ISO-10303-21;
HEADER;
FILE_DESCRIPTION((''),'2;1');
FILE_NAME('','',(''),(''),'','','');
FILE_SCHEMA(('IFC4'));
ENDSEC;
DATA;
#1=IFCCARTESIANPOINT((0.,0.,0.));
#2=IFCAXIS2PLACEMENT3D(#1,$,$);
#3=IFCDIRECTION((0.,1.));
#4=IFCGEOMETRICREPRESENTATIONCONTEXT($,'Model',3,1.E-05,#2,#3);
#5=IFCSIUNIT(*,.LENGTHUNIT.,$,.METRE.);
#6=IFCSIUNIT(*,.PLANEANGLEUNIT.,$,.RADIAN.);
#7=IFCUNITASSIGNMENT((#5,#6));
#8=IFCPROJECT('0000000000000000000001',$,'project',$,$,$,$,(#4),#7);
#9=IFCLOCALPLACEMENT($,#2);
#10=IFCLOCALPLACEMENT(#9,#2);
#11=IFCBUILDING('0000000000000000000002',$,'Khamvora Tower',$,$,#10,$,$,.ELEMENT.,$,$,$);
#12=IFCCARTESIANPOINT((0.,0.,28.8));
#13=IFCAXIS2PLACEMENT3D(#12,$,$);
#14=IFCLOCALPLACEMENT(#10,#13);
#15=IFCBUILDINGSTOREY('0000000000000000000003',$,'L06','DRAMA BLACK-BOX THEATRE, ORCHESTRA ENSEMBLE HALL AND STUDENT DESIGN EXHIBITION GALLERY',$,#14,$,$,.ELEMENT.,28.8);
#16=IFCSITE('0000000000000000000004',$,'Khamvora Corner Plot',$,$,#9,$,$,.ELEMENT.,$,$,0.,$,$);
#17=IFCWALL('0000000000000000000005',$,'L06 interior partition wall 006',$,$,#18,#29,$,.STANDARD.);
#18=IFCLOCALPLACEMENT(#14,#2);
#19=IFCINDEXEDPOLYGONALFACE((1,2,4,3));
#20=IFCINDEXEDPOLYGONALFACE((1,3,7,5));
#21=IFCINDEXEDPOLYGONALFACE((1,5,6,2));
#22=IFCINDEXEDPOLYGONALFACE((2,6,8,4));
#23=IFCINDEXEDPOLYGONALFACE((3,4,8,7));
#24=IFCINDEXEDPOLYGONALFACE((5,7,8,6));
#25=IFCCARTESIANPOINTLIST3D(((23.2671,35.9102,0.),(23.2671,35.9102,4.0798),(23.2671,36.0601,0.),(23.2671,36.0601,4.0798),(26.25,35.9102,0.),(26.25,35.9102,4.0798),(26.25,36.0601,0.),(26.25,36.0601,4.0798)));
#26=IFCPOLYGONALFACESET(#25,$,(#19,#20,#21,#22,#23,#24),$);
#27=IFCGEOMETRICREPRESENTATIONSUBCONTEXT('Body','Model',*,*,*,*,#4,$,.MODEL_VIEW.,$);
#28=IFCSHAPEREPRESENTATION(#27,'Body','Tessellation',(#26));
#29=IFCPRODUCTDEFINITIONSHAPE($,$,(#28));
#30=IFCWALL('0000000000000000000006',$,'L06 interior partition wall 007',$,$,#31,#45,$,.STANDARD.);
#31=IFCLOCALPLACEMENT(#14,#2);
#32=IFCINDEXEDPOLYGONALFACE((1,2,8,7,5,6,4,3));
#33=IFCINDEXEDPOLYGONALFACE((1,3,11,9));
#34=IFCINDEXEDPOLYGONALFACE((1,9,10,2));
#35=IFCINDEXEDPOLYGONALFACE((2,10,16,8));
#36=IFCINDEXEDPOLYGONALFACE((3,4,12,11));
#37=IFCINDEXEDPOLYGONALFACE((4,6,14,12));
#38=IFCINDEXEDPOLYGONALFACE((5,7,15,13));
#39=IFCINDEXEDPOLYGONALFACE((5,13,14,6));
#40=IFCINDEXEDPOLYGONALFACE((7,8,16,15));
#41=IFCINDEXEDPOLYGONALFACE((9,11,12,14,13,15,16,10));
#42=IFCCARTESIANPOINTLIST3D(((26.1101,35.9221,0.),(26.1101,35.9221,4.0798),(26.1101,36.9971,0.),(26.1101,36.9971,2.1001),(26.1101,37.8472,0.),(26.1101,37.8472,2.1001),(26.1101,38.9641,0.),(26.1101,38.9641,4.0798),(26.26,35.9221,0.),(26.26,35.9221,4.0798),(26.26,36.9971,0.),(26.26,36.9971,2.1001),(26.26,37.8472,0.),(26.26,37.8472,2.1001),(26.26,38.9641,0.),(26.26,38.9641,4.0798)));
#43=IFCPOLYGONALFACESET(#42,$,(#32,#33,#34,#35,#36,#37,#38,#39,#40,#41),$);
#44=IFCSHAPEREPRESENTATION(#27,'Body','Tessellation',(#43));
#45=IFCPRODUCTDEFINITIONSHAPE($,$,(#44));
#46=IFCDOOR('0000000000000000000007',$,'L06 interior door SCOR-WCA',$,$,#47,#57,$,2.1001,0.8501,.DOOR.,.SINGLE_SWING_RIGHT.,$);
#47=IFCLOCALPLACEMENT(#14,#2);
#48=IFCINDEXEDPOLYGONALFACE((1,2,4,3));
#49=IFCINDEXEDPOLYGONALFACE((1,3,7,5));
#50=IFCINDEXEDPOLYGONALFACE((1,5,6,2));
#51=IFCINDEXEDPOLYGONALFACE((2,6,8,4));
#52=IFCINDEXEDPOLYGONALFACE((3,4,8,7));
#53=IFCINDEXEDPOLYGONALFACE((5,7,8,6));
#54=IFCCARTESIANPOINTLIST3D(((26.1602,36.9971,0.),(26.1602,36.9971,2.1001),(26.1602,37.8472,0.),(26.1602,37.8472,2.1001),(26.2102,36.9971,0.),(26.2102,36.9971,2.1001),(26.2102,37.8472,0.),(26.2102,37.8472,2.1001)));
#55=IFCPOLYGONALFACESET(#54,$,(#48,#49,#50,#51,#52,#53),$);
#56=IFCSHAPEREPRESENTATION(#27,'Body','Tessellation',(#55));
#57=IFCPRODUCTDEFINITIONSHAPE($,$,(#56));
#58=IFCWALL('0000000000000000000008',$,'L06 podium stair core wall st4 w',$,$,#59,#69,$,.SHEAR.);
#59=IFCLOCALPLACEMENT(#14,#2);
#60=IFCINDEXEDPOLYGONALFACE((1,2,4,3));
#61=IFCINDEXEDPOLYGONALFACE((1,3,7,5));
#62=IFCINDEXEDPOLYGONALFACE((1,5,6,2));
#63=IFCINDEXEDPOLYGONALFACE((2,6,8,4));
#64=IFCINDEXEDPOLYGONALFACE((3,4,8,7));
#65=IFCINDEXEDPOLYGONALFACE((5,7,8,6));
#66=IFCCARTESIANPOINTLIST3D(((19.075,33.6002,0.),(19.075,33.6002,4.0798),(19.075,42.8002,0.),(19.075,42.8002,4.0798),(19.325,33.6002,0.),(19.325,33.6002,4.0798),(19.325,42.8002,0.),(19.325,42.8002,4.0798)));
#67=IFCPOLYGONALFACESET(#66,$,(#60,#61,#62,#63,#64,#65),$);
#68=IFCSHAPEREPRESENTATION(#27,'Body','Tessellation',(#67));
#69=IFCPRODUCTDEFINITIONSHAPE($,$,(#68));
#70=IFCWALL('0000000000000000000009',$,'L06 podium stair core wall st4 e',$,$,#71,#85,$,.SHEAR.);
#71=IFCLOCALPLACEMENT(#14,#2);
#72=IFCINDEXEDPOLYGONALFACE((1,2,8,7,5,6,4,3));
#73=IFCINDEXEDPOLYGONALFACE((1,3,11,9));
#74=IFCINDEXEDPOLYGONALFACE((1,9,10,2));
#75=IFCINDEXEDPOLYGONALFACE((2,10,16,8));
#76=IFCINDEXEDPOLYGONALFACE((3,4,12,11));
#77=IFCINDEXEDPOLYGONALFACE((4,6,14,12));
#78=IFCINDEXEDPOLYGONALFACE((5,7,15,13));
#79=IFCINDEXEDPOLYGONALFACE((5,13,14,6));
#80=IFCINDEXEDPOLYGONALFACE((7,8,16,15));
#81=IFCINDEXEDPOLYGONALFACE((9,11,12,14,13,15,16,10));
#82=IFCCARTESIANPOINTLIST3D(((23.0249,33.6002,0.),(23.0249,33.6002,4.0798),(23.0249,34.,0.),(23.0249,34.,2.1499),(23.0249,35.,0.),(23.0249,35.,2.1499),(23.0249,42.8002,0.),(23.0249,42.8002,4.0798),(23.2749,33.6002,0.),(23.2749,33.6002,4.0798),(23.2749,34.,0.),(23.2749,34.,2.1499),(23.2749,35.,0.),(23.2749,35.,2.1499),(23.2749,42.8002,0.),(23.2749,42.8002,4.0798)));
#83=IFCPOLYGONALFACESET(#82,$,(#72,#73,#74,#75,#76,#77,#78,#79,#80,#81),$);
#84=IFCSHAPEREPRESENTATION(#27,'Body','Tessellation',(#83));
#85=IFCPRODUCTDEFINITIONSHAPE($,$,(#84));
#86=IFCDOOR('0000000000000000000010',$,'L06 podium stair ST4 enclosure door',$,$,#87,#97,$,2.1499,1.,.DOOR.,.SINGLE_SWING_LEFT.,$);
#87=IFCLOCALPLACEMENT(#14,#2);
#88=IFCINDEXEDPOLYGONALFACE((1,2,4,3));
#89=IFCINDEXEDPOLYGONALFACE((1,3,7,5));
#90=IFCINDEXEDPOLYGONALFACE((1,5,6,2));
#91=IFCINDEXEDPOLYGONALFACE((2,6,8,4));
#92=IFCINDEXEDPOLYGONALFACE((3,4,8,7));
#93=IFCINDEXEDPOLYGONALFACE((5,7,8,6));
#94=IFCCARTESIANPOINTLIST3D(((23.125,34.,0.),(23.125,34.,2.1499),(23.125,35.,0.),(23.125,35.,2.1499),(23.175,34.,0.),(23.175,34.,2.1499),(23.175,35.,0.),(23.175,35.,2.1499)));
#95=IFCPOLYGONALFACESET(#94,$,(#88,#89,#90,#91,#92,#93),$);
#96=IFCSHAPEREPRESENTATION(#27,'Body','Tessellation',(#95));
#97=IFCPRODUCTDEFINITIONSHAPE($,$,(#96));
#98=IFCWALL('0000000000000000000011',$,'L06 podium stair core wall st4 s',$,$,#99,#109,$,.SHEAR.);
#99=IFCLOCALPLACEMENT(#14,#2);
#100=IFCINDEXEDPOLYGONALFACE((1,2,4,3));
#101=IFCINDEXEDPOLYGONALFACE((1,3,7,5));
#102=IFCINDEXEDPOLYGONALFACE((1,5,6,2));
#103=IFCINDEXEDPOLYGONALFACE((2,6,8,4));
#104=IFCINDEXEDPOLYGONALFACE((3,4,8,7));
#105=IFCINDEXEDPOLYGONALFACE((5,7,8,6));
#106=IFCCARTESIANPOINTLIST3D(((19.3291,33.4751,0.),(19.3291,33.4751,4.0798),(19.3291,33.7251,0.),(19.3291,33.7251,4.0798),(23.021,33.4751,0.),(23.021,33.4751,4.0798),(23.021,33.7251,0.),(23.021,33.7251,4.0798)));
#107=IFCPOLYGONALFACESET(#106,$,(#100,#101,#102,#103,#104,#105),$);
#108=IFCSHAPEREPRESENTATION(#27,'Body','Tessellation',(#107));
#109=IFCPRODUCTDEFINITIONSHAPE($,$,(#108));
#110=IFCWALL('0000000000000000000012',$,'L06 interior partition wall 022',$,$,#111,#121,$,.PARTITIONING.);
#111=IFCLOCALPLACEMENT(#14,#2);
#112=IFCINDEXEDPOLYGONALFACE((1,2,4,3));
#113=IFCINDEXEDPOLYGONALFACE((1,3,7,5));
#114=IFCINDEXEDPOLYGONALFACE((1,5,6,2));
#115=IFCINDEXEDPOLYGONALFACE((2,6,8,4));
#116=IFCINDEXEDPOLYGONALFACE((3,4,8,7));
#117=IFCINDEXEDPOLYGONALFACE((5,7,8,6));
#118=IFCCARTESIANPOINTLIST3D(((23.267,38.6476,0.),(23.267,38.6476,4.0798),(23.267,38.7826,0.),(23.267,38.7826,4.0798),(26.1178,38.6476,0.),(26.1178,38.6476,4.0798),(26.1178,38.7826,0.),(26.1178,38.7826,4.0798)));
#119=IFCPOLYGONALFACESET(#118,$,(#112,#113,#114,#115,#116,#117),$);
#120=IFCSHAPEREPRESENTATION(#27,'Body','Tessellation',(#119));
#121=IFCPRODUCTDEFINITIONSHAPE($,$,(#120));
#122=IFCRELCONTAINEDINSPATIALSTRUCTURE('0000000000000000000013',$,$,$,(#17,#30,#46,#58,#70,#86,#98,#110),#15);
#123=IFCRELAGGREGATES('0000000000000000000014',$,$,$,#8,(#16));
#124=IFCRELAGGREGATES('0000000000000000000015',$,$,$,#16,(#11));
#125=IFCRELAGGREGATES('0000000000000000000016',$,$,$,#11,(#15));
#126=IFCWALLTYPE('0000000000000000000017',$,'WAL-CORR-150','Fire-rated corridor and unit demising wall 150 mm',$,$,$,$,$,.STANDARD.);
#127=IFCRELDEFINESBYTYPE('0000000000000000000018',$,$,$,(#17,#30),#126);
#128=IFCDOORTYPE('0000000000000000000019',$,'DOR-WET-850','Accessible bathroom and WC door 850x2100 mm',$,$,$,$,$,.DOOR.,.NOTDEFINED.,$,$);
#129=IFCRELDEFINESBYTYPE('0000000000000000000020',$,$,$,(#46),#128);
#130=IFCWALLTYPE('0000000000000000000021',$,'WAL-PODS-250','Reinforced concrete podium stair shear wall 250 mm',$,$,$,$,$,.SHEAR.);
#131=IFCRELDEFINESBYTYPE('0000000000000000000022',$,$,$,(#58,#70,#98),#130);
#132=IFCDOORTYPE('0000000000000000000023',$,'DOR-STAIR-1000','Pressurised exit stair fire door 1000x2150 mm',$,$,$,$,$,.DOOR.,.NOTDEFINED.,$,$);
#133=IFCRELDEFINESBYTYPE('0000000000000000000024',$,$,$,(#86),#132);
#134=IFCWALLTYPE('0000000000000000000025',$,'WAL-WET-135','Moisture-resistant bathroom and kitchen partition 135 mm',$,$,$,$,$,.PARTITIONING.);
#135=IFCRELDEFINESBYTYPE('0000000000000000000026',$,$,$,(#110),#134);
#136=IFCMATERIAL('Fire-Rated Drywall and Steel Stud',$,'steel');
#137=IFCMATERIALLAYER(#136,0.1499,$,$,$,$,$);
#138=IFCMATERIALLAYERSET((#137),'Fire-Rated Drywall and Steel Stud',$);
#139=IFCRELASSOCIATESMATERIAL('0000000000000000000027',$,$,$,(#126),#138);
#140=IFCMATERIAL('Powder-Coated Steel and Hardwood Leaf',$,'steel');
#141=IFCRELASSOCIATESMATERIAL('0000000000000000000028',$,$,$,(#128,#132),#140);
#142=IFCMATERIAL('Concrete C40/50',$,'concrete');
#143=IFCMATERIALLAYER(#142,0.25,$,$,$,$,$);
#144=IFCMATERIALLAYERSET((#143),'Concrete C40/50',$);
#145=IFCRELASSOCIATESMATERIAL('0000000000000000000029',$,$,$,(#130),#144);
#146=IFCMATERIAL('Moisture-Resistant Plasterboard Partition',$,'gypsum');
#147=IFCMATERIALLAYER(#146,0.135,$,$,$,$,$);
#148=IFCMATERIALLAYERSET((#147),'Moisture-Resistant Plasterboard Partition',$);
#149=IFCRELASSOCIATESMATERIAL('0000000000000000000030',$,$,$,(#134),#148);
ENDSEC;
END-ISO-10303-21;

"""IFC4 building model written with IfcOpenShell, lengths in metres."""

from ifc_helpers import new_model, si_unit, direction, frame, frame_2d, origin, place, context, subcontext, project, spatial, rectangle, extrude, material, layer, layer_set, type_object, element, fill, save


model = new_model("IFC4")

# Units and contexts
model_context = context("Model", 3, precision=1e-05, world=origin(), true_north=direction((0.0, 1.0)))
body_context = subcontext(model_context, "Body", "Model", "MODEL_VIEW")
ifc_project = project(units=[si_unit("LENGTHUNIT", "METRE"), si_unit("PLANEANGLEUNIT", "RADIAN")], contexts=[model_context])

# Site, building, storey
site_placement = place(None, origin())
site = spatial("IfcSite", under=ifc_project, at=site_placement, Name="Khamvora Corner Plot", CompositionType="ELEMENT", RefElevation=0.0)
building_placement = place(site_placement, origin())
building = spatial("IfcBuilding", under=site, at=building_placement, Name="Khamvora Tower", CompositionType="ELEMENT")
storey_placement = place(building_placement, frame((0.0, 0.0, 28.8)))
storey = spatial("IfcBuildingStorey", under=building, at=storey_placement, Name="L06", Description="DRAMA BLACK-BOX THEATRE, ORCHESTRA ENSEMBLE HALL AND STUDENT DESIGN EXHIBITION GALLERY", CompositionType="ELEMENT", Elevation=28.8)

# Shared definitions
ifc_material_1 = material(Name="Powder-Coated Steel and Hardwood Leaf", Category="steel")

# Wall
ifc_material_2 = material(Name="Fire-Rated Drywall and Steel Stud", Category="steel")
ifc_layer_1 = layer(ifc_material_2, 0.1499)
ifc_layer_set_1 = layer_set([ifc_layer_1], Name="Fire-Rated Drywall and Steel Stud")
wall_type_1 = type_object("IfcWallType", Name="WAL-CORR-150", Description="Fire-rated corridor and unit demising wall 150 mm", PredefinedType="STANDARD", material=ifc_layer_set_1)
wall_1_placement = place(storey_placement, frame((23.2671, 35.9851, 0.0), z_axis=(0.0, 0.0, 1.0), x_axis=(1.0, 0.0, 0.0)))
element("IfcWall", 1, at=wall_1_placement, inside=storey, type_object=wall_type_1, Name="L06 interior partition wall 006", PredefinedType="STANDARD", context=body_context, shape_type="SweptSolid", body=[
    extrude(rectangle(XDim=2.9829, YDim=0.1499, at=frame_2d((1.4915, 0.0))), origin(), (0.0, 0.0, 1.0), 4.0798),
])

# Wall, opening, door
wall_2_placement = place(storey_placement, frame((26.1851, 35.9221, 0.0), z_axis=(0.0, 0.0, 1.0), x_axis=(0.0, 1.0, 0.0)))
wall_2 = element("IfcWall", 2, at=wall_2_placement, inside=storey, type_object=wall_type_1, Name="L06 interior partition wall 007", PredefinedType="STANDARD", context=body_context, shape_type="SweptSolid", body=[
    extrude(rectangle(XDim=3.042, YDim=0.1499, at=frame_2d((1.521, 0.0))), origin(), (0.0, 0.0, 1.0), 4.0798),
])
opening_1_placement = place(wall_2_placement, frame((1.075, 0.0, 0.0)))
opening_1 = element("IfcOpeningElement", 3, at=opening_1_placement, cuts=wall_2, PredefinedType="OPENING", context=body_context, shape_type="SweptSolid", body=[
    extrude(rectangle(XDim=0.8501, YDim=2.1001, at=frame_2d((0.425, 1.05))), frame((0.0, 0.085, 0.0), z_axis=(0.0, -1.0, 0.0), x_axis=(1.0, 0.0, 0.0)), (0.0, 0.0, 1.0), 0.1699),
])
door_type_1 = type_object("IfcDoorType", Name="DOR-WET-850", Description="Accessible bathroom and WC door 850x2100 mm", OperationType="NOTDEFINED", PredefinedType="DOOR", material=ifc_material_1)
door_1_placement = place(opening_1_placement, origin())
door_1 = element("IfcDoor", 4, at=door_1_placement, inside=storey, type_object=door_type_1, Name="L06 interior door SCOR-WCA", OperationType="SINGLE_SWING_RIGHT", OverallHeight=2.1001, OverallWidth=0.8501, PredefinedType="DOOR", context=body_context, shape_type="SweptSolid", body=[
    extrude(rectangle(XDim=0.8501, YDim=2.1001, at=frame_2d((0.425, 1.05))), frame((0.0, 0.0249, 0.0), z_axis=(0.0, -1.0, 0.0), x_axis=(1.0, 0.0, 0.0)), (0.0, 0.0, 1.0), 0.05),
])
fill(opening_1, door_1)

# Wall
ifc_material_3 = material(Name="Concrete C40/50", Category="concrete")
ifc_layer_2 = layer(ifc_material_3, 0.25)
ifc_layer_set_2 = layer_set([ifc_layer_2], Name="Concrete C40/50")
wall_type_2 = type_object("IfcWallType", Name="WAL-PODS-250", Description="Reinforced concrete podium stair shear wall 250 mm", PredefinedType="SHEAR", material=ifc_layer_set_2)
wall_3_placement = place(storey_placement, frame((19.2, 33.6001, 0.0), z_axis=(0.0, 0.0, 1.0), x_axis=(0.0, 1.0, 0.0)))
element("IfcWall", 5, at=wall_3_placement, inside=storey, type_object=wall_type_2, Name="L06 podium stair core wall st4 w", PredefinedType="SHEAR", context=body_context, shape_type="SweptSolid", body=[
    extrude(rectangle(XDim=9.2, YDim=0.25, at=frame_2d((4.6001, 0.0))), origin(), (0.0, 0.0, 1.0), 4.0798),
])

# Wall, opening, door
wall_4_placement = place(storey_placement, frame((23.1499, 33.6001, 0.0), z_axis=(0.0, 0.0, 1.0), x_axis=(0.0, 1.0, 0.0)))
wall_4 = element("IfcWall", 6, at=wall_4_placement, inside=storey, type_object=wall_type_2, Name="L06 podium stair core wall st4 e", PredefinedType="SHEAR", context=body_context, shape_type="SweptSolid", body=[
    extrude(rectangle(XDim=9.2, YDim=0.25, at=frame_2d((4.6001, 0.0))), origin(), (0.0, 0.0, 1.0), 4.0798),
])
opening_2_placement = place(wall_4_placement, frame((0.3999, 0.0, 0.0)))
opening_2 = element("IfcOpeningElement", 7, at=opening_2_placement, cuts=wall_4, PredefinedType="OPENING", context=body_context, shape_type="SweptSolid", body=[
    extrude(rectangle(XDim=1.0, YDim=2.1499, at=frame_2d((0.5, 1.075))), frame((0.0, 0.135, 0.0), z_axis=(0.0, -1.0, 0.0), x_axis=(1.0, 0.0, 0.0)), (0.0, 0.0, 1.0), 0.27),
])
door_type_2 = type_object("IfcDoorType", Name="DOR-STAIR-1000", Description="Pressurised exit stair fire door 1000x2150 mm", OperationType="NOTDEFINED", PredefinedType="DOOR", material=ifc_material_1)
door_2_placement = place(opening_2_placement, origin())
door_2 = element("IfcDoor", 8, at=door_2_placement, inside=storey, type_object=door_type_2, Name="L06 podium stair ST4 enclosure door", OperationType="SINGLE_SWING_LEFT", OverallHeight=2.1499, OverallWidth=1.0, PredefinedType="DOOR", context=body_context, shape_type="SweptSolid", body=[
    extrude(rectangle(XDim=1.0, YDim=2.1499, at=frame_2d((0.5, 1.075))), frame((0.0, 0.0249, 0.0), z_axis=(0.0, -1.0, 0.0), x_axis=(1.0, 0.0, 0.0)), (0.0, 0.0, 1.0), 0.05),
])
fill(opening_2, door_2)

# Walls
wall_5_placement = place(storey_placement, frame((19.3291, 33.6001, 0.0), z_axis=(0.0, 0.0, 1.0), x_axis=(1.0, 0.0, 0.0)))
element("IfcWall", 9, at=wall_5_placement, inside=storey, type_object=wall_type_2, Name="L06 podium stair core wall st4 s", PredefinedType="SHEAR", context=body_context, shape_type="SweptSolid", body=[
    extrude(rectangle(XDim=3.6919, YDim=0.25, at=frame_2d((1.8459, 0.0))), origin(), (0.0, 0.0, 1.0), 4.0798),
])
ifc_material_4 = material(Name="Moisture-Resistant Plasterboard Partition", Category="gypsum")
ifc_layer_3 = layer(ifc_material_4, 0.135)
ifc_layer_set_3 = layer_set([ifc_layer_3], Name="Moisture-Resistant Plasterboard Partition")
wall_type_3 = type_object("IfcWallType", Name="WAL-WET-135", Description="Moisture-resistant bathroom and kitchen partition 135 mm", PredefinedType="PARTITIONING", material=ifc_layer_set_3)
wall_6_placement = place(storey_placement, frame((23.2671, 38.7151, 0.0), z_axis=(0.0, 0.0, 1.0), x_axis=(1.0, 0.0, 0.0)))
element("IfcWall", 10, at=wall_6_placement, inside=storey, type_object=wall_type_3, Name="L06 interior partition wall 022", PredefinedType="PARTITIONING", context=body_context, shape_type="SweptSolid", body=[
    extrude(rectangle(XDim=2.8508, YDim=0.135, at=frame_2d((1.4253, 0.0))), origin(), (0.0, 0.0, 1.0), 4.0798),
])

save(model, "model.ifc")
